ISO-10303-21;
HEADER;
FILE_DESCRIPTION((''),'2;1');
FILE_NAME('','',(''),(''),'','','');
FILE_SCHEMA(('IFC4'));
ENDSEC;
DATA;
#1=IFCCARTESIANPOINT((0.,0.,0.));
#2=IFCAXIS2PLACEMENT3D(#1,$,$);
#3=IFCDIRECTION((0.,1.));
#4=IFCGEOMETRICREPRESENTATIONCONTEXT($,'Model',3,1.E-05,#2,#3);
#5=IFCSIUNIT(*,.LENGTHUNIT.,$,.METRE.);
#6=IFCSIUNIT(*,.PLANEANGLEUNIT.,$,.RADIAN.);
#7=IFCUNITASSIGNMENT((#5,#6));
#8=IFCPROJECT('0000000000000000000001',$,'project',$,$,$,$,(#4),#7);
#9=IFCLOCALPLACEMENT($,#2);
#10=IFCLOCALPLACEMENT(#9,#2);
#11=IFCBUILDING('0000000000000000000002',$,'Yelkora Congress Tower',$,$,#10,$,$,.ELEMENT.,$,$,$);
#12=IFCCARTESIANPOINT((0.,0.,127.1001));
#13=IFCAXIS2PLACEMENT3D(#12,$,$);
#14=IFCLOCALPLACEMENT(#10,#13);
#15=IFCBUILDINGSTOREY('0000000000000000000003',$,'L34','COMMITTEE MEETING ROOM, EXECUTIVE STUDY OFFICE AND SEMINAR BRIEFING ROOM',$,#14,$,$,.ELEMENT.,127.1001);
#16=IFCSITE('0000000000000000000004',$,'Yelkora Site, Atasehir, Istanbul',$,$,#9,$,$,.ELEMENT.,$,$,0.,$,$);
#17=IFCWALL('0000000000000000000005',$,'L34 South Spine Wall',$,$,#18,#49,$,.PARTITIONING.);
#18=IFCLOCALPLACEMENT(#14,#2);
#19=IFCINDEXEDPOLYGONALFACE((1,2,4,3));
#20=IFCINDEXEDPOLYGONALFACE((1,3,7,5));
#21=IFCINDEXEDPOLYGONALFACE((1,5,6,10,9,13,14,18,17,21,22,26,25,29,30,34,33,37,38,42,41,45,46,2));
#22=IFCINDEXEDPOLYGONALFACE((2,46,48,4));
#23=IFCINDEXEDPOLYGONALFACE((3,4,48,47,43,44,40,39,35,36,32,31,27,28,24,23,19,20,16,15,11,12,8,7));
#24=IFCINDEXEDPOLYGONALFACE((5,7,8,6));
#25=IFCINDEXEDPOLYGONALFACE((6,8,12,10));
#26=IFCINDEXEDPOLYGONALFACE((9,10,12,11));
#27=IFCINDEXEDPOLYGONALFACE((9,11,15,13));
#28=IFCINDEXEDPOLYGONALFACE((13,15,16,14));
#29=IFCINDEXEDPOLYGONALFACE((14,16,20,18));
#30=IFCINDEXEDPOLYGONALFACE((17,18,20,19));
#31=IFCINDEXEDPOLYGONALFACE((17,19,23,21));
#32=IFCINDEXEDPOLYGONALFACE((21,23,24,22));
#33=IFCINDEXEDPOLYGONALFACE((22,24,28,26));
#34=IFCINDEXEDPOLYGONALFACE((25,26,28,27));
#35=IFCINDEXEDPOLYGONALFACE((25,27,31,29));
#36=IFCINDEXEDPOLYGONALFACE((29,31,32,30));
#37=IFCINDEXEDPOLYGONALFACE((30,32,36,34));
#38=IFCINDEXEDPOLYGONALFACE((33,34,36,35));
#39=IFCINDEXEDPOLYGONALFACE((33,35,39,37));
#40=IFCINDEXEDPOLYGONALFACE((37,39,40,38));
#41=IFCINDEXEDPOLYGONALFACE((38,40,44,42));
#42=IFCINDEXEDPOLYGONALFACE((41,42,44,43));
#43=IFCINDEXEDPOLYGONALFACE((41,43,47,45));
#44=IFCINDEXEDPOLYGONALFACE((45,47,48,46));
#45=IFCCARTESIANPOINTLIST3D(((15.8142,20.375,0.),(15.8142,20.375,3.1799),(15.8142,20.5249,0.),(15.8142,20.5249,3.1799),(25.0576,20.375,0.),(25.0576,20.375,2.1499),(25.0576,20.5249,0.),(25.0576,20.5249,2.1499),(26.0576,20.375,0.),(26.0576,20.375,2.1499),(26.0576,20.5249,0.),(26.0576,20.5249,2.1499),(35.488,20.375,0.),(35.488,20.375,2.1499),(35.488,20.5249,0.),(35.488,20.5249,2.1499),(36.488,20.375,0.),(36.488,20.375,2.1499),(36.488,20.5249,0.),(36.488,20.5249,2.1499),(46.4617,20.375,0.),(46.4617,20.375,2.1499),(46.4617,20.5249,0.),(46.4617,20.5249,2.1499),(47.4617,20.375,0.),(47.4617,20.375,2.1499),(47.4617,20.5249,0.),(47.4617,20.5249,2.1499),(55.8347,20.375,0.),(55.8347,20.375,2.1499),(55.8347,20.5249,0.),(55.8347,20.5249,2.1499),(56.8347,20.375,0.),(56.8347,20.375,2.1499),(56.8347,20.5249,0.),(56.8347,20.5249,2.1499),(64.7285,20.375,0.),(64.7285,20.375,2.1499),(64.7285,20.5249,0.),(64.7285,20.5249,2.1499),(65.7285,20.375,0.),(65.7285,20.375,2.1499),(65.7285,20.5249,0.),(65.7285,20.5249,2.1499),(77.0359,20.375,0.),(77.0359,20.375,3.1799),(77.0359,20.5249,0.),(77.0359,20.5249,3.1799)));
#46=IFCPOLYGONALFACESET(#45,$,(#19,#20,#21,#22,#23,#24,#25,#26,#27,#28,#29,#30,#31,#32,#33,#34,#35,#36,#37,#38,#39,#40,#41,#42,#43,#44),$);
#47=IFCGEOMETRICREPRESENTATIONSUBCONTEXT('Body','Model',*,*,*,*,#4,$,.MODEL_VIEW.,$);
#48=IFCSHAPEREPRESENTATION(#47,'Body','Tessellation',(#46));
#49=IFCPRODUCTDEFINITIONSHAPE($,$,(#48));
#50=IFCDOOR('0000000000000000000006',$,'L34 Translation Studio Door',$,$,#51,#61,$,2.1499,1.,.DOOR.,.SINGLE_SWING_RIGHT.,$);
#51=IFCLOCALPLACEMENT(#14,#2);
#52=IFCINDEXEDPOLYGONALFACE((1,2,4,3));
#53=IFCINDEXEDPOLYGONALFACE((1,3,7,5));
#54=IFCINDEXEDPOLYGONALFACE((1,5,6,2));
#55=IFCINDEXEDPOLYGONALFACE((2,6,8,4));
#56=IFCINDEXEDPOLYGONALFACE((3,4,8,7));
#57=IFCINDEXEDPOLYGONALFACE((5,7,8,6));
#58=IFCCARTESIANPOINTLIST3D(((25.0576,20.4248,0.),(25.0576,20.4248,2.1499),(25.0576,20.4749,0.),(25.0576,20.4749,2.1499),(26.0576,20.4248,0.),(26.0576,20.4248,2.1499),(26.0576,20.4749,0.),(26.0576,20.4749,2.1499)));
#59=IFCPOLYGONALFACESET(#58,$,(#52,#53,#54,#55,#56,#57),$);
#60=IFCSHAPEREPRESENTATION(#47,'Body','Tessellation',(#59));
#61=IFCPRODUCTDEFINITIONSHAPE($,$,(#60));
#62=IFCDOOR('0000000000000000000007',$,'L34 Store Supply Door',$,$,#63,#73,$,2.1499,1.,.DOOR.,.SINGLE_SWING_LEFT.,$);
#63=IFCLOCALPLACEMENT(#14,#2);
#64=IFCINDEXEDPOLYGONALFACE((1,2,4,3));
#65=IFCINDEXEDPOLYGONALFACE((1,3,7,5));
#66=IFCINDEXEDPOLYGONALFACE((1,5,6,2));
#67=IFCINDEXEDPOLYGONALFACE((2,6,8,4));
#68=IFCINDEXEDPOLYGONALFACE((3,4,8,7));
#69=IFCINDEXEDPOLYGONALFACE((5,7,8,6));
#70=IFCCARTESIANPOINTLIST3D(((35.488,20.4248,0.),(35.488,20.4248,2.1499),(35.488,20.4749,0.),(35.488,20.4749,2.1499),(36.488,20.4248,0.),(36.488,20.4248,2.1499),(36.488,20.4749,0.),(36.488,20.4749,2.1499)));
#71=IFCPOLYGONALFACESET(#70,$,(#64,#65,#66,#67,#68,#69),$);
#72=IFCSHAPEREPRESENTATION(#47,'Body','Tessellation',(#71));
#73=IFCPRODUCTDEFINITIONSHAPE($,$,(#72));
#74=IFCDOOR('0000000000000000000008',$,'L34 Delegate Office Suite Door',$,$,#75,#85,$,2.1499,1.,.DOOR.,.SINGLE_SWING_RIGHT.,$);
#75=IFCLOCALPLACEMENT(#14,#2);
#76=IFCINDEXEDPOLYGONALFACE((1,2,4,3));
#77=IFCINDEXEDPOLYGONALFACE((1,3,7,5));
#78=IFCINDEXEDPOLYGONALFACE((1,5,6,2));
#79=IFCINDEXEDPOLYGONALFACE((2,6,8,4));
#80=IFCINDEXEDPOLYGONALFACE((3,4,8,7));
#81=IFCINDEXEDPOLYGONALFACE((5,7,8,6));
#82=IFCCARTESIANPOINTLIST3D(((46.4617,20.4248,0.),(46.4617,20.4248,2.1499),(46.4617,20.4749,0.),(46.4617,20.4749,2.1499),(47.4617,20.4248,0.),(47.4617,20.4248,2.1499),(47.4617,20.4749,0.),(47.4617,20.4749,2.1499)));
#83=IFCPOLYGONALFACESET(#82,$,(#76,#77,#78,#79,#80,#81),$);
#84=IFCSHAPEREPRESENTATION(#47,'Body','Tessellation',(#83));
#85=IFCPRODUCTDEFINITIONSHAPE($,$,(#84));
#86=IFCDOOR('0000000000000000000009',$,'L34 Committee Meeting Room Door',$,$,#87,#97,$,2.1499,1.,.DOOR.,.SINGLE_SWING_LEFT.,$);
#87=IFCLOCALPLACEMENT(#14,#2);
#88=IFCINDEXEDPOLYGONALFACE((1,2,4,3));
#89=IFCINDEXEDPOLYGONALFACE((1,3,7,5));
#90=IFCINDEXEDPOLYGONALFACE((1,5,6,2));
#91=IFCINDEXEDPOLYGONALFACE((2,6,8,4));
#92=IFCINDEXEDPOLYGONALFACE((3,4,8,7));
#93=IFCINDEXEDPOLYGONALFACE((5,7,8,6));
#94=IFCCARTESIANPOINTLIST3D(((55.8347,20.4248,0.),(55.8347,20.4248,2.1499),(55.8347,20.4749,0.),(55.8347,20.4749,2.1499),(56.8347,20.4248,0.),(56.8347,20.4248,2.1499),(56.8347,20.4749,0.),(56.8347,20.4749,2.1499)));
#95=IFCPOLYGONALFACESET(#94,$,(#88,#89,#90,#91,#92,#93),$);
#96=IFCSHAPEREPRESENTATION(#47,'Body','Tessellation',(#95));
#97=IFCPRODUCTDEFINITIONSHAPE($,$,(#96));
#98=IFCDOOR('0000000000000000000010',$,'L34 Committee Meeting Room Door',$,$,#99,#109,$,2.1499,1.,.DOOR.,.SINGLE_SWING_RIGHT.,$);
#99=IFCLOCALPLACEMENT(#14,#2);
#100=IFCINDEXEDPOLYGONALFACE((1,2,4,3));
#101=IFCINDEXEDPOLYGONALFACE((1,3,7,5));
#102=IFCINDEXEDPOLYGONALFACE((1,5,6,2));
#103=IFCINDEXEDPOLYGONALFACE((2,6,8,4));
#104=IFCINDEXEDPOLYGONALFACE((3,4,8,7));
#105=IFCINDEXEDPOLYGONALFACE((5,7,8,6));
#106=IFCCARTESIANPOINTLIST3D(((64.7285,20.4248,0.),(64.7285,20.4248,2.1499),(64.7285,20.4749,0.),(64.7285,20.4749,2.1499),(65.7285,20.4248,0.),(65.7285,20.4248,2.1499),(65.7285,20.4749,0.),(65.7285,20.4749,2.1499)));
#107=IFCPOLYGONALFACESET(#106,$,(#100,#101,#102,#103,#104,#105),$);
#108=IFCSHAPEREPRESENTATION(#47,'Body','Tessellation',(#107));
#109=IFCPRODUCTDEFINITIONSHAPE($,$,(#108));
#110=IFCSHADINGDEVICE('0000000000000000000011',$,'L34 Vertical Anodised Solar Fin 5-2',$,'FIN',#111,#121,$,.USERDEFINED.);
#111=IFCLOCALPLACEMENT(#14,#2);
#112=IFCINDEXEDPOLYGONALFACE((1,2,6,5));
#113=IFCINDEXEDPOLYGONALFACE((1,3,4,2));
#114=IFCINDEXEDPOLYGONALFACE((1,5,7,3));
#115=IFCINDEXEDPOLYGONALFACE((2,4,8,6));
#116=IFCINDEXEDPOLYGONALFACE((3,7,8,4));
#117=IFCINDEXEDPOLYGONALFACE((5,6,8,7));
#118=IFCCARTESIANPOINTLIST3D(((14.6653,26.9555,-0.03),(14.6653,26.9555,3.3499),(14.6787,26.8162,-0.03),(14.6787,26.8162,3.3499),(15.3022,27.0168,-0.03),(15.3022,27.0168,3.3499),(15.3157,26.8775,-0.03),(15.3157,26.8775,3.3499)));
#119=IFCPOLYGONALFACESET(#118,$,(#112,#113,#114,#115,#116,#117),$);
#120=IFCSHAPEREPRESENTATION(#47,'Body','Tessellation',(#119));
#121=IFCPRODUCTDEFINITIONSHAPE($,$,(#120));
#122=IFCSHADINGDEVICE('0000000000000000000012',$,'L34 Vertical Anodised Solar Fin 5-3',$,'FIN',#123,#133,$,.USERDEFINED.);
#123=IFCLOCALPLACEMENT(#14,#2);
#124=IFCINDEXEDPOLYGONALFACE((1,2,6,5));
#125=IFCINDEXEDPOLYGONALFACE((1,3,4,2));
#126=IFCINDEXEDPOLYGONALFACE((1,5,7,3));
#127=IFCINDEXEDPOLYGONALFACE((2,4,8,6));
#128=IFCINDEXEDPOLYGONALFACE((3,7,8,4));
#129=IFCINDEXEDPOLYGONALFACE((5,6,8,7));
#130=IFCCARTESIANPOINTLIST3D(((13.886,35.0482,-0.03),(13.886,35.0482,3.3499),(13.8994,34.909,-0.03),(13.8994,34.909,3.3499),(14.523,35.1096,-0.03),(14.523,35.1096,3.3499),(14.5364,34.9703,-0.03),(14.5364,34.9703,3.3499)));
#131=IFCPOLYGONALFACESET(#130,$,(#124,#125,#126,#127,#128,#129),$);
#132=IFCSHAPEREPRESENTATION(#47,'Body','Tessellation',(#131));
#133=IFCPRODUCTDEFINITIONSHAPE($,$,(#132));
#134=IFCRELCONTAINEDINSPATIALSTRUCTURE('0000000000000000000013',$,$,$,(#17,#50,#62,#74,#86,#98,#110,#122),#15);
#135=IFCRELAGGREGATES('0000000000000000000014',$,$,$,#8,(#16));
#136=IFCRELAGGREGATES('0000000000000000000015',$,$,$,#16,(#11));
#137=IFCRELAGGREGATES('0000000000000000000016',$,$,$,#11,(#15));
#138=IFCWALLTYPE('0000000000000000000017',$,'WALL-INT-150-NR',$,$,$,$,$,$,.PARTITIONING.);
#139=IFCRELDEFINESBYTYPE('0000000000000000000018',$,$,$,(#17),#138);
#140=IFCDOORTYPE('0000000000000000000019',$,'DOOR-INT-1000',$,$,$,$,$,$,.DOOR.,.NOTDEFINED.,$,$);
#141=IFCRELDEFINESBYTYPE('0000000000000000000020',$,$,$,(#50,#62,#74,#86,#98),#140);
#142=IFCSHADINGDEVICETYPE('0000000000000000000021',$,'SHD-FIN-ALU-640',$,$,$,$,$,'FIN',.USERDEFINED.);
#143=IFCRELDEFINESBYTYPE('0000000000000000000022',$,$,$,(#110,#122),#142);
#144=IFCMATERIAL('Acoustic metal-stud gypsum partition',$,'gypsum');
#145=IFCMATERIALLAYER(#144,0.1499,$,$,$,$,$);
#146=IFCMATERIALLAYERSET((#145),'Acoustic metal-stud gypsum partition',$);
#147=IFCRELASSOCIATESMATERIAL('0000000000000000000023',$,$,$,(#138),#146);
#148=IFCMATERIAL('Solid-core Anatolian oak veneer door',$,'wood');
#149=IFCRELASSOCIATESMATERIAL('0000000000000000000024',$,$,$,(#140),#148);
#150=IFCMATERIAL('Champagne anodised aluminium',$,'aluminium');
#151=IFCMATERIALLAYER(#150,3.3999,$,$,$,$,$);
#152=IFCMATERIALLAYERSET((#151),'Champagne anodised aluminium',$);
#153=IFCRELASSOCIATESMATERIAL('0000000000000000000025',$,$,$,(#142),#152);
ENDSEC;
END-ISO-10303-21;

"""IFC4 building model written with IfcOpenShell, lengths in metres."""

from ifc_helpers import new_model, si_unit, direction, frame, frame_2d, origin, origin_2d, place, context, subcontext, project, spatial, rectangle, extrude, material, layer, layer_set, type_object, element, fill, save


model = new_model("IFC4")

# Units and contexts
model_context = context("Model", 3, precision=1e-05, world=origin(), true_north=direction((0.0, 1.0)))
body_context = subcontext(model_context, "Body", "Model", "MODEL_VIEW")
ifc_project = project(units=[si_unit("LENGTHUNIT", "METRE"), si_unit("PLANEANGLEUNIT", "RADIAN")], contexts=[model_context])

# Site, building, storey
site_placement = place(None, origin())
site = spatial("IfcSite", under=ifc_project, at=site_placement, Name="Yelkora Site, Atasehir, Istanbul", CompositionType="ELEMENT", RefElevation=0.0)
building_placement = place(site_placement, origin())
building = spatial("IfcBuilding", under=site, at=building_placement, Name="Yelkora Congress Tower", CompositionType="ELEMENT")
storey_placement = place(building_placement, frame((0.0, 0.0, 127.1001)))
storey = spatial("IfcBuildingStorey", under=building, at=storey_placement, Name="L34", Description="COMMITTEE MEETING ROOM, EXECUTIVE STUDY OFFICE AND SEMINAR BRIEFING ROOM", CompositionType="ELEMENT", Elevation=127.1001)

# Wall, openings, doors
ifc_material_1 = material(Name="Acoustic metal-stud gypsum partition", Category="gypsum")
ifc_layer_1 = layer(ifc_material_1, 0.1499)
ifc_layer_set_1 = layer_set([ifc_layer_1], Name="Acoustic metal-stud gypsum partition")
wall_type = type_object("IfcWallType", Name="WALL-INT-150-NR", PredefinedType="PARTITIONING", material=ifc_layer_set_1)
wall_placement = place(storey_placement, frame((15.8142, 20.45, 0.0), z_axis=(0.0, 0.0, 1.0), x_axis=(1.0, 0.0, 0.0)))
wall = element("IfcWall", 1, at=wall_placement, inside=storey, type_object=wall_type, Name="L34 South Spine Wall", PredefinedType="PARTITIONING", context=body_context, shape_type="SweptSolid", body=[
    extrude(rectangle(XDim=61.2217, YDim=0.1499, at=frame_2d((30.6108, 0.0))), origin(), (0.0, 0.0, 1.0), 3.1799),
])
opening_1_placement = place(wall_placement, frame((9.2434, 0.0, 0.0)))
opening_1 = element("IfcOpeningElement", 2, at=opening_1_placement, cuts=wall, PredefinedType="OPENING", context=body_context, shape_type="SweptSolid", body=[
    extrude(rectangle(XDim=1.0, YDim=2.1499, at=frame_2d((0.5, 1.075))), frame((0.0, 0.085, 0.0), z_axis=(0.0, -1.0, 0.0), x_axis=(1.0, 0.0, 0.0)), (0.0, 0.0, 1.0), 0.1699),
])
opening_2_placement = place(wall_placement, frame((19.6738, 0.0, 0.0)))
opening_2 = element("IfcOpeningElement", 3, at=opening_2_placement, cuts=wall, PredefinedType="OPENING", context=body_context, shape_type="SweptSolid", body=[
    extrude(rectangle(XDim=1.0, YDim=2.1499, at=frame_2d((0.5, 1.075))), frame((0.0, 0.085, 0.0), z_axis=(0.0, -1.0, 0.0), x_axis=(1.0, 0.0, 0.0)), (0.0, 0.0, 1.0), 0.1699),
])
opening_3_placement = place(wall_placement, frame((30.6475, 0.0, 0.0)))
opening_3 = element("IfcOpeningElement", 4, at=opening_3_placement, cuts=wall, PredefinedType="OPENING", context=body_context, shape_type="SweptSolid", body=[
    extrude(rectangle(XDim=1.0, YDim=2.1499, at=frame_2d((0.5, 1.075))), frame((0.0, 0.085, 0.0), z_axis=(0.0, -1.0, 0.0), x_axis=(1.0, 0.0, 0.0)), (0.0, 0.0, 1.0), 0.1699),
])
opening_4_placement = place(wall_placement, frame((40.0205, 0.0, 0.0)))
opening_4 = element("IfcOpeningElement", 5, at=opening_4_placement, cuts=wall, PredefinedType="OPENING", context=body_context, shape_type="SweptSolid", body=[
    extrude(rectangle(XDim=1.0, YDim=2.1499, at=frame_2d((0.5, 1.075))), frame((0.0, 0.085, 0.0), z_axis=(0.0, -1.0, 0.0), x_axis=(1.0, 0.0, 0.0)), (0.0, 0.0, 1.0), 0.1699),
])
opening_5_placement = place(wall_placement, frame((48.9143, 0.0, 0.0)))
opening_5 = element("IfcOpeningElement", 6, at=opening_5_placement, cuts=wall, PredefinedType="OPENING", context=body_context, shape_type="SweptSolid", body=[
    extrude(rectangle(XDim=1.0, YDim=2.1499, at=frame_2d((0.5, 1.075))), frame((0.0, 0.085, 0.0), z_axis=(0.0, -1.0, 0.0), x_axis=(1.0, 0.0, 0.0)), (0.0, 0.0, 1.0), 0.1699),
])
ifc_material_2 = material(Name="Solid-core Anatolian oak veneer door", Category="wood")
door_type = type_object("IfcDoorType", Name="DOOR-INT-1000", OperationType="NOTDEFINED", PredefinedType="DOOR", material=ifc_material_2)
door_1_placement = place(opening_1_placement, origin())
door_1 = element("IfcDoor", 7, at=door_1_placement, inside=storey, type_object=door_type, Name="L34 Translation Studio Door", OperationType="SINGLE_SWING_RIGHT", OverallHeight=2.1499, OverallWidth=1.0, PredefinedType="DOOR", context=body_context, shape_type="SweptSolid", body=[
    extrude(rectangle(XDim=1.0, YDim=2.1499, at=frame_2d((0.5, 1.075))), frame((0.0, 0.0249, 0.0), z_axis=(0.0, -1.0, 0.0), x_axis=(1.0, 0.0, 0.0)), (0.0, 0.0, 1.0), 0.05),
])
fill(opening_1, door_1)
door_2_placement = place(opening_2_placement, origin())
door_2 = element("IfcDoor", 8, at=door_2_placement, inside=storey, type_object=door_type, Name="L34 Store Supply Door", OperationType="SINGLE_SWING_LEFT", OverallHeight=2.1499, OverallWidth=1.0, PredefinedType="DOOR", context=body_context, shape_type="SweptSolid", body=[
    extrude(rectangle(XDim=1.0, YDim=2.1499, at=frame_2d((0.5, 1.075))), frame((0.0, 0.0249, 0.0), z_axis=(0.0, -1.0, 0.0), x_axis=(1.0, 0.0, 0.0)), (0.0, 0.0, 1.0), 0.05),
])
fill(opening_2, door_2)
door_3_placement = place(opening_3_placement, origin())
door_3 = element("IfcDoor", 9, at=door_3_placement, inside=storey, type_object=door_type, Name="L34 Delegate Office Suite Door", OperationType="SINGLE_SWING_RIGHT", OverallHeight=2.1499, OverallWidth=1.0, PredefinedType="DOOR", context=body_context, shape_type="SweptSolid", body=[
    extrude(rectangle(XDim=1.0, YDim=2.1499, at=frame_2d((0.5, 1.075))), frame((0.0, 0.0249, 0.0), z_axis=(0.0, -1.0, 0.0), x_axis=(1.0, 0.0, 0.0)), (0.0, 0.0, 1.0), 0.05),
])
fill(opening_3, door_3)
door_4_placement = place(opening_4_placement, origin())
door_4 = element("IfcDoor", 10, at=door_4_placement, inside=storey, type_object=door_type, Name="L34 Committee Meeting Room Door", OperationType="SINGLE_SWING_LEFT", OverallHeight=2.1499, OverallWidth=1.0, PredefinedType="DOOR", context=body_context, shape_type="SweptSolid", body=[
    extrude(rectangle(XDim=1.0, YDim=2.1499, at=frame_2d((0.5, 1.075))), frame((0.0, 0.0249, 0.0), z_axis=(0.0, -1.0, 0.0), x_axis=(1.0, 0.0, 0.0)), (0.0, 0.0, 1.0), 0.05),
])
fill(opening_4, door_4)
door_5_placement = place(opening_5_placement, origin())
door_5 = element("IfcDoor", 11, at=door_5_placement, inside=storey, type_object=door_type, Name="L34 Committee Meeting Room Door", OperationType="SINGLE_SWING_RIGHT", OverallHeight=2.1499, OverallWidth=1.0, PredefinedType="DOOR", context=body_context, shape_type="SweptSolid", body=[
    extrude(rectangle(XDim=1.0, YDim=2.1499, at=frame_2d((0.5, 1.075))), frame((0.0, 0.0249, 0.0), z_axis=(0.0, -1.0, 0.0), x_axis=(1.0, 0.0, 0.0)), (0.0, 0.0, 1.0), 0.05),
])
fill(opening_5, door_5)

# Shading devices
ifc_material_3 = material(Name="Champagne anodised aluminium", Category="aluminium")
ifc_layer_2 = layer(ifc_material_3, 3.3999)
ifc_layer_set_2 = layer_set([ifc_layer_2], Name="Champagne anodised aluminium")
shading_device_type = type_object("IfcShadingDeviceType", Name="SHD-FIN-ALU-640", ElementType="FIN", PredefinedType="USERDEFINED", material=ifc_layer_set_2)
for number, where, z_axis, x_axis, name in (
    (12, (14.9905, 26.9165, -0.03), (0.0, 0.0, 1.0), (-0.095846, 0.995396, 0.0), "L34 Vertical Anodised Solar Fin 5-2"),
    (13, (14.2112, 35.0093, -0.03), (0.0, 0.0, 1.0), (-0.095846, 0.995396, 0.0), "L34 Vertical Anodised Solar Fin 5-3"),
):
    element("IfcShadingDevice", number, at=place(storey_placement, frame(where, z_axis=z_axis, x_axis=x_axis)), inside=storey, type_object=shading_device_type, Name=name, ObjectType="FIN", PredefinedType="USERDEFINED", context=body_context, shape_type="SweptSolid", body=[
        extrude(rectangle(XDim=0.1399, YDim=0.6399, at=origin_2d()), origin(), (0.0, 0.0, 1.0), 3.3799),
    ])

save(model, "model.ifc")
